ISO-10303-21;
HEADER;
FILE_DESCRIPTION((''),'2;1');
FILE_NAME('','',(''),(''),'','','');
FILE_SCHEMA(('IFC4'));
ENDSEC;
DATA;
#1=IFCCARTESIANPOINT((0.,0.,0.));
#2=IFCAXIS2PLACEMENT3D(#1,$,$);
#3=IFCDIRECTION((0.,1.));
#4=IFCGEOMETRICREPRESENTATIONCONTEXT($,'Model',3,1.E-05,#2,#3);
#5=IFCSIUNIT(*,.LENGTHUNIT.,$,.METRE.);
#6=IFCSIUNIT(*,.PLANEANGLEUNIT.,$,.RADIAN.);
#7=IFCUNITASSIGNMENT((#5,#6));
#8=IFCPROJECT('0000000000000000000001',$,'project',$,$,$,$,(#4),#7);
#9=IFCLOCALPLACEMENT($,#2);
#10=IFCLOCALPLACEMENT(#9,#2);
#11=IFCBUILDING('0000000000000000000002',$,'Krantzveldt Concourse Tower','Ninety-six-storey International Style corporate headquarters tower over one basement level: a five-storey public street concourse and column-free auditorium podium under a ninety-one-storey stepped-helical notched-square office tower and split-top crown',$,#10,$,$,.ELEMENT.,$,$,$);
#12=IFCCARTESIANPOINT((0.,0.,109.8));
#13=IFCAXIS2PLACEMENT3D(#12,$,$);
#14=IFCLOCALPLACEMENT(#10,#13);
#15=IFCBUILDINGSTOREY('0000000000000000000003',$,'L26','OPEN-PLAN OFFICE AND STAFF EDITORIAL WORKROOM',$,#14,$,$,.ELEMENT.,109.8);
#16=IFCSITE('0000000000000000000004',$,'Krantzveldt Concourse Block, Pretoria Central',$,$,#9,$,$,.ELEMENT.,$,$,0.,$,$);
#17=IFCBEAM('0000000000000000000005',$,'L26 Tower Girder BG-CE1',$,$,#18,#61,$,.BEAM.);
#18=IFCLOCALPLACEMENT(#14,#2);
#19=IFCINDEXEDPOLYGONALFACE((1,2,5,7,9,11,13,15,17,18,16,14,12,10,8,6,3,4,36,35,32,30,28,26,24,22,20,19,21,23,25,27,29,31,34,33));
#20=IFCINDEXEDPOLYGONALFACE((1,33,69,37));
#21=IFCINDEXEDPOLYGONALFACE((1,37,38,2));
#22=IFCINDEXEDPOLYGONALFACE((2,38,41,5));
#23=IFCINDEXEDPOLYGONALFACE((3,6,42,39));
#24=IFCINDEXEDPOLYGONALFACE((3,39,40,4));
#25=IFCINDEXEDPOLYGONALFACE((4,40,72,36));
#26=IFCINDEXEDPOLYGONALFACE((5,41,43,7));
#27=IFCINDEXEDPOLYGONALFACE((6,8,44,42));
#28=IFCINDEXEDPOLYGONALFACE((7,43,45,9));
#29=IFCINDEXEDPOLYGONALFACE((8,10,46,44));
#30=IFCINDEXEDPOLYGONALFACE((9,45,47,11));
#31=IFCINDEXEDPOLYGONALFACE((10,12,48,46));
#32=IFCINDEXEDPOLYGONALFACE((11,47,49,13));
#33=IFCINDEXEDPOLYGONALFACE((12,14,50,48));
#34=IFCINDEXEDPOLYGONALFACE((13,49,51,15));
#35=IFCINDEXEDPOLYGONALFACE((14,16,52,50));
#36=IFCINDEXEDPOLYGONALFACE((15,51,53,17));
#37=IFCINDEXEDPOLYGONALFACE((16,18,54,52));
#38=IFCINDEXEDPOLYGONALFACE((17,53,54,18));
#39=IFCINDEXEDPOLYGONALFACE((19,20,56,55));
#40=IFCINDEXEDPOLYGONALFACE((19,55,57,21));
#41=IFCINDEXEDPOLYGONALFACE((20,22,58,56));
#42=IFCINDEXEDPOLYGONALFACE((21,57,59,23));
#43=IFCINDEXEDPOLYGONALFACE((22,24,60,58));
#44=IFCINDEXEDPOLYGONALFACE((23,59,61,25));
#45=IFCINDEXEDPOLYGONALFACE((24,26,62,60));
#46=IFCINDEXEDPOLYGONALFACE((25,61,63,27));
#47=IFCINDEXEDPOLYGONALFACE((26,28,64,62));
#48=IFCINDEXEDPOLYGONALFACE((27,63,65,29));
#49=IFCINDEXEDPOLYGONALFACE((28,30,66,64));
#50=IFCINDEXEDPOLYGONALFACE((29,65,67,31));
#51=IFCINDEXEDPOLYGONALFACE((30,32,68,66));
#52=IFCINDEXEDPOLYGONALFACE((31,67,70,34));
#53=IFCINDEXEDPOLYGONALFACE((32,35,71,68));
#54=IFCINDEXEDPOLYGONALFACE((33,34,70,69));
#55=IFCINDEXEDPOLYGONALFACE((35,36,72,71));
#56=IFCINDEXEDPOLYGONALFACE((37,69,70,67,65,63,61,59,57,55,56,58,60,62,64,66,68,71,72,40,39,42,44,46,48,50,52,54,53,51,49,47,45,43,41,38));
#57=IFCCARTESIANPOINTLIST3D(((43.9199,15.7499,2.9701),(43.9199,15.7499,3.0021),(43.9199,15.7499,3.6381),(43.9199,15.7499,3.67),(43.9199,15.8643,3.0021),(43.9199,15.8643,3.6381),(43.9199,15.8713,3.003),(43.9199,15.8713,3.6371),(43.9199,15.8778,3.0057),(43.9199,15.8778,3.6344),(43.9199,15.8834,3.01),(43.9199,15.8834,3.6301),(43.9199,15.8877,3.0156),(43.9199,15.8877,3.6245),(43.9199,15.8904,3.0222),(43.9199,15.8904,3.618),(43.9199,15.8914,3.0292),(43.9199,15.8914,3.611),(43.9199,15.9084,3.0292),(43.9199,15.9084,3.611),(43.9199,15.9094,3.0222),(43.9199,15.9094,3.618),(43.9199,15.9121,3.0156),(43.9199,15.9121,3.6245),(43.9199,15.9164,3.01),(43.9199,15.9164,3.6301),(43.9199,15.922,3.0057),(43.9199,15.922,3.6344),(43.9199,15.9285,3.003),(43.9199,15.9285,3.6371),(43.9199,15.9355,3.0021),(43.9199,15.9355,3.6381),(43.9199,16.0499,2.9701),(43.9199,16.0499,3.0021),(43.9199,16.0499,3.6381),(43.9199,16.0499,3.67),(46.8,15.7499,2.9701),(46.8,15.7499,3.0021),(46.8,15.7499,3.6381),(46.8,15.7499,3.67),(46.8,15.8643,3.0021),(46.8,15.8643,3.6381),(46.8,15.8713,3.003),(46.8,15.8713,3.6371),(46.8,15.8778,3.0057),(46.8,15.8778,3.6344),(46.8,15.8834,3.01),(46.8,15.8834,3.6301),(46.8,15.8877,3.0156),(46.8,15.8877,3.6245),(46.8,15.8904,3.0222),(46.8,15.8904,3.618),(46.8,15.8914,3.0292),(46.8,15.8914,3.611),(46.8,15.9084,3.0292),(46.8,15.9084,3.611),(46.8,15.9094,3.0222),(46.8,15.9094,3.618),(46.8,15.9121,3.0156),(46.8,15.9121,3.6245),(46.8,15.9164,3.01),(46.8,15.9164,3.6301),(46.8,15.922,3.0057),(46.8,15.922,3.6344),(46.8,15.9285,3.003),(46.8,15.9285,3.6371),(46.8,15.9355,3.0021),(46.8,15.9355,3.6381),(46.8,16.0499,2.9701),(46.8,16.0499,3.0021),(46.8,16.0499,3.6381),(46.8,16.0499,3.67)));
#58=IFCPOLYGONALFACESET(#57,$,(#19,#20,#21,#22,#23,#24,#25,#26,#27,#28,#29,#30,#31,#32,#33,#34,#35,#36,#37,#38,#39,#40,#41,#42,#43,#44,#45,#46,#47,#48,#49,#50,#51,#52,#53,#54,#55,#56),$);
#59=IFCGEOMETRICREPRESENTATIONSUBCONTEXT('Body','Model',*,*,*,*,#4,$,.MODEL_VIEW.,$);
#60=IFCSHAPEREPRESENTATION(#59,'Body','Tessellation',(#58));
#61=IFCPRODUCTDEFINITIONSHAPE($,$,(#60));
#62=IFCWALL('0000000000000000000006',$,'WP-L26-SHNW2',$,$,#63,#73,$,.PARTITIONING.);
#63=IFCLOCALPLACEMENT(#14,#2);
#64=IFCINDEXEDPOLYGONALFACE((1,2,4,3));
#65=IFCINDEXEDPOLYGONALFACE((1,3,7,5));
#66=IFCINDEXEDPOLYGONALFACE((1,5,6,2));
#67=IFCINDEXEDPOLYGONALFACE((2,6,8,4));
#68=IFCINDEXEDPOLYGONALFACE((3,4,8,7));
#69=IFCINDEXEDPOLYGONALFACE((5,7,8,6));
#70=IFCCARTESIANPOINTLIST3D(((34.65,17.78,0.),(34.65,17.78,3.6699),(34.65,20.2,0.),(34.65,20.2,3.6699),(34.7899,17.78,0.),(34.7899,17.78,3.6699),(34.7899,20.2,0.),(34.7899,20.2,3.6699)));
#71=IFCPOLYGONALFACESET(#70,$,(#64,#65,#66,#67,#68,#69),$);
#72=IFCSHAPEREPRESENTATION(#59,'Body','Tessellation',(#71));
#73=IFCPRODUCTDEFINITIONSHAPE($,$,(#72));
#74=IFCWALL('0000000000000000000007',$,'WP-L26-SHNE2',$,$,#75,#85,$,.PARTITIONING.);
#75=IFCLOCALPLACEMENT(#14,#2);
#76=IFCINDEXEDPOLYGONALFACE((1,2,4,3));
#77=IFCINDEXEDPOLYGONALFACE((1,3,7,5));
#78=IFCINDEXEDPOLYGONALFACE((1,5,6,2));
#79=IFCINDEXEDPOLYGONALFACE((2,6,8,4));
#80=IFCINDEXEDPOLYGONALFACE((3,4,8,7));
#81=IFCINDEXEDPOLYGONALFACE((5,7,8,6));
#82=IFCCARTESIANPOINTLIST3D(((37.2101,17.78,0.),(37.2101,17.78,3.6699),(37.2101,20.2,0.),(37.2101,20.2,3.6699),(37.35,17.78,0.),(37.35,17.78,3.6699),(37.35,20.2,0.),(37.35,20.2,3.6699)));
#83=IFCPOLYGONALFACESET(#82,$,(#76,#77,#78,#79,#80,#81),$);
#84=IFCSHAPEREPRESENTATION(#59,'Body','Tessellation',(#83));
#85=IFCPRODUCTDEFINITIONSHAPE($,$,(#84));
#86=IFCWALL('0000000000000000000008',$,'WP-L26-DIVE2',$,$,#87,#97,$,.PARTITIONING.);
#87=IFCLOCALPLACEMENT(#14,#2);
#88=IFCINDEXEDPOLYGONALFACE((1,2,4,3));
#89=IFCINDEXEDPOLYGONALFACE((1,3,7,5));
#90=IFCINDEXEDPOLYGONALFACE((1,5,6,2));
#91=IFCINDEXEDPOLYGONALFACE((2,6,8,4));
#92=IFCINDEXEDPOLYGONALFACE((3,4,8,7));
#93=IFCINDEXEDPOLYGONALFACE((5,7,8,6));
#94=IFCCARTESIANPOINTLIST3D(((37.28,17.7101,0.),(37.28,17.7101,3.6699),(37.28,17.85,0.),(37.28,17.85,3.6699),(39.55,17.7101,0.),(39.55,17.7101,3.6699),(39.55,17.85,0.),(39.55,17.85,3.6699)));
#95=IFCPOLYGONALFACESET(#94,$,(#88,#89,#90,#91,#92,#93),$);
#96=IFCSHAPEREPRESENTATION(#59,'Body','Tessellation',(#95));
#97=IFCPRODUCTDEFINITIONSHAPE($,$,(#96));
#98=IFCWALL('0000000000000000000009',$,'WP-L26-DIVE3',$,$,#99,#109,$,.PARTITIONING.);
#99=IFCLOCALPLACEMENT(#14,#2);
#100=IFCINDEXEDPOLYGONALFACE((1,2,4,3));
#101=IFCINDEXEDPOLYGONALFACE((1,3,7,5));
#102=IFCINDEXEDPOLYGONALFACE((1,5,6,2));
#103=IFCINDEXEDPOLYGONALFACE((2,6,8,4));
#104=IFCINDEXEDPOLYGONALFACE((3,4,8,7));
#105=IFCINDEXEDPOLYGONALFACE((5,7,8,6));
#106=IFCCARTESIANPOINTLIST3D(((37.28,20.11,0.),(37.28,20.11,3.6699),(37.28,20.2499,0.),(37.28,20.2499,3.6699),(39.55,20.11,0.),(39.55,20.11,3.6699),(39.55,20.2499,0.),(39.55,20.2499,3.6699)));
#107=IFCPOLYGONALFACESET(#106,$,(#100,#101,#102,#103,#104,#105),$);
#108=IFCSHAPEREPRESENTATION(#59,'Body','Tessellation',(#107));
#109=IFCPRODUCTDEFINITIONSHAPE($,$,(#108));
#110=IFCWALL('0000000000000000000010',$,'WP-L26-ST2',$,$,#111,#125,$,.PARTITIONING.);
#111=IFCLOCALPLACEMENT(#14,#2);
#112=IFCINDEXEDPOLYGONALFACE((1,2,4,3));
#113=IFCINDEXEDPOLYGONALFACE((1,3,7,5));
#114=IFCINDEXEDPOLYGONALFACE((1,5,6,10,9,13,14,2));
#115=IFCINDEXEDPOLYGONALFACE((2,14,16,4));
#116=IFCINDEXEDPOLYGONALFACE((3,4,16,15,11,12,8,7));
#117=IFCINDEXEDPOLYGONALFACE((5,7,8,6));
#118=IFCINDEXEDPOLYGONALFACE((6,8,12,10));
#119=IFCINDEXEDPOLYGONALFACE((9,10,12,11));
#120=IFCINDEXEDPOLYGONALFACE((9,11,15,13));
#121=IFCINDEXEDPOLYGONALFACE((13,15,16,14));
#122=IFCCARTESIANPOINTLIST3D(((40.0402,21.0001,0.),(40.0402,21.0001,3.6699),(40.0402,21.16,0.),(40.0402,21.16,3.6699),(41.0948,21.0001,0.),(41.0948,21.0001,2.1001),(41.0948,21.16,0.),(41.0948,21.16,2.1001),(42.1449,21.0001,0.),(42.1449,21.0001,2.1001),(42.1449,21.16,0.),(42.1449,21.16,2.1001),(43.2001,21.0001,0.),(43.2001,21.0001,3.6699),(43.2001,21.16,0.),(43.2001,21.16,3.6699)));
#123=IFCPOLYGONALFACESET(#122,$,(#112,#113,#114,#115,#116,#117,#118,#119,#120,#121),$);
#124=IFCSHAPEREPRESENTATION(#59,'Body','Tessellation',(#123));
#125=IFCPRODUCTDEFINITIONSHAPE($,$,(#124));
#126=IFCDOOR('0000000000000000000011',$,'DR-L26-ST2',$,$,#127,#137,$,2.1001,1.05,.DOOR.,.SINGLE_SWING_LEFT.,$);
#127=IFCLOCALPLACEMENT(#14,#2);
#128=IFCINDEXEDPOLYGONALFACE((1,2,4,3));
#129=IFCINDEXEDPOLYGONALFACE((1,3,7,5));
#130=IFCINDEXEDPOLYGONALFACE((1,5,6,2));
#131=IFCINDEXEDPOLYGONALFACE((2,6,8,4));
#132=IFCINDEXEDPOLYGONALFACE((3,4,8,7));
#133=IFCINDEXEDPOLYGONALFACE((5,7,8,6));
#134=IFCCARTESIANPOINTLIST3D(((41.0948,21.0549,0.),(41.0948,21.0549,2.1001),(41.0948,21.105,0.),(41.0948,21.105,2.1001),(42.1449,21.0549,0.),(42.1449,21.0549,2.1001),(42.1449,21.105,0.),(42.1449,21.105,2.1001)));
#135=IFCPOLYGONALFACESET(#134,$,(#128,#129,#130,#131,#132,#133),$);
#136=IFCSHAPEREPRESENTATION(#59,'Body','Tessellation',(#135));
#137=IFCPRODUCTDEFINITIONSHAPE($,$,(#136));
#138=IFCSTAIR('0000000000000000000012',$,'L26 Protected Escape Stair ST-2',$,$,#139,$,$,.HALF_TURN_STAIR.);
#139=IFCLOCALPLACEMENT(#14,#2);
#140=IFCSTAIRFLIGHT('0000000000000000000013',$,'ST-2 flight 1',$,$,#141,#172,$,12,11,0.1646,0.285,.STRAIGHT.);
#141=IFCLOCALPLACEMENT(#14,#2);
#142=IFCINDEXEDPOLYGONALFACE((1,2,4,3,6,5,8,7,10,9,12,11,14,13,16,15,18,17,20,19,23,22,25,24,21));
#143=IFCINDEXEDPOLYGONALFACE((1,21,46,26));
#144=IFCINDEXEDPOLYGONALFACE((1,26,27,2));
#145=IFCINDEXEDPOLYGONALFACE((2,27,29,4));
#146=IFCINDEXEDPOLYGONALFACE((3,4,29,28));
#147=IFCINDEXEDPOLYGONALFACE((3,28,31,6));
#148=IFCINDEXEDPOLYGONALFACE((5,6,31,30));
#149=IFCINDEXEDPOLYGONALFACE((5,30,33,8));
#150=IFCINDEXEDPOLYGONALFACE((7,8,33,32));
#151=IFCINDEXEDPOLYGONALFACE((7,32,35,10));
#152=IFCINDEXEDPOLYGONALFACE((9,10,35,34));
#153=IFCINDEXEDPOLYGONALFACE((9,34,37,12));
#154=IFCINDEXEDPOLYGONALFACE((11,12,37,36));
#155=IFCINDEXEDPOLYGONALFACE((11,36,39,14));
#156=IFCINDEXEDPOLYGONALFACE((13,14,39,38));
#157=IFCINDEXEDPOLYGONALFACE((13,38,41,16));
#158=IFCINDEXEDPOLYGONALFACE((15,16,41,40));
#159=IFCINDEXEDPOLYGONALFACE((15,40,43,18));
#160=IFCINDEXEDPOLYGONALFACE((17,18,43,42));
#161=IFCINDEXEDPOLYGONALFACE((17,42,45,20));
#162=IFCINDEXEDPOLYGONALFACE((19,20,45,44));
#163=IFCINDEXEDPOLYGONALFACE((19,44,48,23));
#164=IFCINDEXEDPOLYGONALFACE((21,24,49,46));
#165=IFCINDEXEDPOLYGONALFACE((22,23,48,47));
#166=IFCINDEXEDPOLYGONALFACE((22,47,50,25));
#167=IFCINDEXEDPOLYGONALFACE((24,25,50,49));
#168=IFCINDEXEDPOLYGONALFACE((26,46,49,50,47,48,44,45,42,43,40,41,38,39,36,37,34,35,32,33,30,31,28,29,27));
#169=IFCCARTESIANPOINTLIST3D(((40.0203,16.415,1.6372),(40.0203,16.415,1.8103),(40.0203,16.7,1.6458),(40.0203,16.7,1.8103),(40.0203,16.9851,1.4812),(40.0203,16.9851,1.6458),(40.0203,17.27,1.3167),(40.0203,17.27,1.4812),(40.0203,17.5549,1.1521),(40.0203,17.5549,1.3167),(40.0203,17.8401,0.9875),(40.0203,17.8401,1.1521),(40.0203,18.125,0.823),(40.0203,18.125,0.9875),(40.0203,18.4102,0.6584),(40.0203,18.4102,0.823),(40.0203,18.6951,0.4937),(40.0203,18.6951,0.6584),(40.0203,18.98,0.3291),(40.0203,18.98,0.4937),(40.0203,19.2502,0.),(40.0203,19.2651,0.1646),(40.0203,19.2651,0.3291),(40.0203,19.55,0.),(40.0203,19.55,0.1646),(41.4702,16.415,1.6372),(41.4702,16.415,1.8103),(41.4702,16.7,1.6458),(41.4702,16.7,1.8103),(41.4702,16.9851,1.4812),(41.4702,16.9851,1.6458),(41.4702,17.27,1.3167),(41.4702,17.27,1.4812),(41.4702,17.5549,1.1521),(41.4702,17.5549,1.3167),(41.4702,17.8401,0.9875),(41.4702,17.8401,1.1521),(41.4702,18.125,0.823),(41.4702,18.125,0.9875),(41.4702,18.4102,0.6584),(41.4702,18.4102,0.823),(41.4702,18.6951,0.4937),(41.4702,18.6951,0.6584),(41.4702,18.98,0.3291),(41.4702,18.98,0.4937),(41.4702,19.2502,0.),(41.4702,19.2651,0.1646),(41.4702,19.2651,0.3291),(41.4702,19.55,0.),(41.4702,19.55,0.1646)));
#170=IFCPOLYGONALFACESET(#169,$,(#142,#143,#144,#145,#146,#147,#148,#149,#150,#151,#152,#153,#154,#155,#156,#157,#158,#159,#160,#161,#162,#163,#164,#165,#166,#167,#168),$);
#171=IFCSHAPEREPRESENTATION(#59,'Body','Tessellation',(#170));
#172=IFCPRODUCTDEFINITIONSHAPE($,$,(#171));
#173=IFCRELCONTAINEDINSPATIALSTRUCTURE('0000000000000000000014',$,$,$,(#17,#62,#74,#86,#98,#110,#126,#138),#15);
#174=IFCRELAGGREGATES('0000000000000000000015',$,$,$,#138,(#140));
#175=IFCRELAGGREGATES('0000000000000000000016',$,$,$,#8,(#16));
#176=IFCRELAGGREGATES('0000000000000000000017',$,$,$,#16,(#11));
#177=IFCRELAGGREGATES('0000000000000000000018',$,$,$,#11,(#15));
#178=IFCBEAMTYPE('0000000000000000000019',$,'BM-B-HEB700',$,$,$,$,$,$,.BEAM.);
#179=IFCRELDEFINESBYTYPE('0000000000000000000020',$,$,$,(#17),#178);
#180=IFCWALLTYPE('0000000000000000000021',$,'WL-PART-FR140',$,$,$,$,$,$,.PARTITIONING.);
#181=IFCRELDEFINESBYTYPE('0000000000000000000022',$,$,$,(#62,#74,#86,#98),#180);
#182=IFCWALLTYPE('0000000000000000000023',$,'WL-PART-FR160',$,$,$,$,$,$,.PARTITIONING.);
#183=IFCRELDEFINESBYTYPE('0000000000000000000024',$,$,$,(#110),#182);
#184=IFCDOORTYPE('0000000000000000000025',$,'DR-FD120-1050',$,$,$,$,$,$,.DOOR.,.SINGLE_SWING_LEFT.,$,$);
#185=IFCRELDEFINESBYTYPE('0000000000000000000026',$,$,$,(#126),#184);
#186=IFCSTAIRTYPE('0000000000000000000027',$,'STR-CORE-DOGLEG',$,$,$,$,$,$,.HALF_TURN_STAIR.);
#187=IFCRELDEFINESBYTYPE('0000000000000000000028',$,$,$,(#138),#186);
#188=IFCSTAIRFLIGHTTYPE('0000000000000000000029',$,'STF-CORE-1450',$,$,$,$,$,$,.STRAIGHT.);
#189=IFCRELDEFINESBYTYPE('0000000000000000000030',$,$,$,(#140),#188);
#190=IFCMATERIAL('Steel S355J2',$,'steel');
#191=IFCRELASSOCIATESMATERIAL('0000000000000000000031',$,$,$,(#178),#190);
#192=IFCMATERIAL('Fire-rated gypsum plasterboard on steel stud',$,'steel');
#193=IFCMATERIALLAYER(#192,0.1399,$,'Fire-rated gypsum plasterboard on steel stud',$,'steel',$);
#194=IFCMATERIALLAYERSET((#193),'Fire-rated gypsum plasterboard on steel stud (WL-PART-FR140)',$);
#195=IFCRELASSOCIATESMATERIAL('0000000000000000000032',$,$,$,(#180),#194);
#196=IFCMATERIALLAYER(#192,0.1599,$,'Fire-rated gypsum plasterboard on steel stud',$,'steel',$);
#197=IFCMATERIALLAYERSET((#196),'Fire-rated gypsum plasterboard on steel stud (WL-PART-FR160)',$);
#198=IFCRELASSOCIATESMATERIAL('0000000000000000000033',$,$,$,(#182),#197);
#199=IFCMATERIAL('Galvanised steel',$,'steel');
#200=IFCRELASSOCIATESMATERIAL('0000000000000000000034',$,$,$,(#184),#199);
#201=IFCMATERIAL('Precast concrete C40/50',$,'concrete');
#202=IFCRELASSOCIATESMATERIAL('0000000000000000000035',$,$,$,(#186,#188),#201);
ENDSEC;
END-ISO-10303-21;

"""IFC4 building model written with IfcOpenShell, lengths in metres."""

from ifc_helpers import new_model, si_unit, direction, frame, frame_2d, origin, origin_2d, place, context, subcontext, project, spatial, polyline, rectangle, i_section, outline, extrude, source, transform, mapped, material, layer, layer_set, material_profile, profile_set, type_object, type_shapes, element, fill, aggregate, save


model = new_model("IFC4")

# Units and contexts
model_context = context("Model", 3, precision=1e-05, world=origin(), true_north=direction((0.0, 1.0)))
body_context = subcontext(model_context, "Body", "Model", "MODEL_VIEW")
ifc_project = project(units=[si_unit("LENGTHUNIT", "METRE"), si_unit("PLANEANGLEUNIT", "RADIAN")], contexts=[model_context])

# Site, building, storey
site_placement = place(None, origin())
site = spatial("IfcSite", under=ifc_project, at=site_placement, Name="Krantzveldt Concourse Block, Pretoria Central", CompositionType="ELEMENT", RefElevation=0.0)
building_placement = place(site_placement, origin())
building = spatial("IfcBuilding", under=site, at=building_placement, Name="Krantzveldt Concourse Tower", Description="Ninety-six-storey International Style corporate headquarters tower over one basement level: a five-storey public street concourse and column-free auditorium podium under a ninety-one-storey stepped-helical notched-square office tower and split-top crown", CompositionType="ELEMENT")
storey_placement = place(building_placement, frame((0.0, 0.0, 109.8)))
storey = spatial("IfcBuildingStorey", under=building, at=storey_placement, Name="L26", Description="OPEN-PLAN OFFICE AND STAFF EDITORIAL WORKROOM", CompositionType="ELEMENT", Elevation=109.8)

# Beam
ifc_material_1 = material(Name="Steel S355J2", Category="steel")
ifc_material_profile = material_profile(ifc_material_1, i_section(OverallWidth=0.3, OverallDepth=0.7, WebThickness=0.0171, FlangeThickness=0.032, FilletRadius=0.0271, at=origin_2d()), Name="Steel S355J2", Category="steel")
ifc_profile_set = profile_set([ifc_material_profile], Name="Steel S355J2 - HEB 700")
beam_type = type_object("IfcBeamType", Name="BM-B-HEB700", PredefinedType="BEAM", material=ifc_profile_set)
shared_shape = source(origin(), body_context, "Body", "SweptSolid", [
    extrude(i_section(OverallWidth=0.3, OverallDepth=0.7, WebThickness=0.0171, FlangeThickness=0.032, FilletRadius=0.0271, at=origin_2d()), origin(), (0.0, 0.0, 1.0), 2.8801),
])
type_shapes(beam_type, [shared_shape])
beam_placement = place(storey_placement, frame((43.9199, 15.8999, 3.3201), z_axis=(1.0, 0.0, 0.0), x_axis=(0.0, 1.0, 0.0)))
element("IfcBeam", 1, at=beam_placement, inside=storey, type_object=beam_type, Name="L26 Tower Girder BG-CE1", PredefinedType="BEAM", context=body_context, shape_type="MappedRepresentation", body=[
    mapped(shared_shape, transform((0.0, 0.0, 0.0), x_axis=(1.0, 0.0, 0.0), y_axis=(0.0, 1.0, 0.0), z_axis=(0.0, 0.0, 1.0), scale=1.0)),
])

# Shared definitions
ifc_material_2 = material(Name="Fire-rated gypsum plasterboard on steel stud", Category="steel")
ifc_layer_1 = layer(ifc_material_2, 0.1399, Name="Fire-rated gypsum plasterboard on steel stud", Category="steel")
ifc_layer_set_1 = layer_set([ifc_layer_1], Name="Fire-rated gypsum plasterboard on steel stud (WL-PART-FR140)")
wall_type_1 = type_object("IfcWallType", Name="WL-PART-FR140", PredefinedType="PARTITIONING", material=ifc_layer_set_1)

# Walls
for number, where, z_axis, x_axis, name in (
    (2, (34.72, 17.78, 0.0), (0.0, 0.0, 1.0), (0.0, 1.0, 0.0), "WP-L26-SHNW2"),
    (3, (37.28, 17.78, 0.0), (0.0, 0.0, 1.0), (0.0, 1.0, 0.0), "WP-L26-SHNE2"),
):
    element("IfcWall", number, at=place(storey_placement, frame(where, z_axis=z_axis, x_axis=x_axis)), inside=storey, type_object=wall_type_1, Name=name, PredefinedType="PARTITIONING", context=body_context, shape_type="SweptSolid", body=[
        extrude(rectangle(XDim=2.4199, YDim=0.1399, at=frame_2d((1.21, 0.0))), origin(), (0.0, 0.0, 1.0), 3.6699),
    ])
for number, where, z_axis, x_axis, name in (
    (4, (37.28, 17.78, 0.0), (0.0, 0.0, 1.0), (1.0, 0.0, 0.0), "WP-L26-DIVE2"),
    (5, (37.28, 20.1799, 0.0), (0.0, 0.0, 1.0), (1.0, 0.0, 0.0), "WP-L26-DIVE3"),
):
    element("IfcWall", number, at=place(storey_placement, frame(where, z_axis=z_axis, x_axis=x_axis)), inside=storey, type_object=wall_type_1, Name=name, PredefinedType="PARTITIONING", context=body_context, shape_type="SweptSolid", body=[
        extrude(rectangle(XDim=2.27, YDim=0.1399, at=frame_2d((1.135, 0.0))), origin(), (0.0, 0.0, 1.0), 3.6699),
    ])

# Wall, opening, door
ifc_layer_2 = layer(ifc_material_2, 0.1599, Name="Fire-rated gypsum plasterboard on steel stud", Category="steel")
ifc_layer_set_2 = layer_set([ifc_layer_2], Name="Fire-rated gypsum plasterboard on steel stud (WL-PART-FR160)")
wall_type_2 = type_object("IfcWallType", Name="WL-PART-FR160", PredefinedType="PARTITIONING", material=ifc_layer_set_2)
wall_1_placement = place(storey_placement, frame((40.04, 21.0801, 0.0), z_axis=(0.0, 0.0, 1.0), x_axis=(1.0, 0.0, 0.0)))
wall_1 = element("IfcWall", 6, at=wall_1_placement, inside=storey, type_object=wall_type_2, Name="WP-L26-ST2", PredefinedType="PARTITIONING", context=body_context, shape_type="SweptSolid", body=[
    extrude(rectangle(XDim=3.1599, YDim=0.1599, at=frame_2d((1.5801, 0.0))), origin(), (0.0, 0.0, 1.0), 3.6699),
])
opening_1_placement = place(wall_1_placement, frame((1.0549, 0.0, 0.0)))
opening_1 = element("IfcOpeningElement", 7, at=opening_1_placement, cuts=wall_1, PredefinedType="OPENING", context=body_context, shape_type="SweptSolid", body=[
    extrude(rectangle(XDim=1.05, YDim=2.1001, at=frame_2d((0.5249, 1.05))), frame((0.0, 0.0898, 0.0), z_axis=(0.0, -1.0, 0.0), x_axis=(1.0, 0.0, 0.0)), (0.0, 0.0, 1.0), 0.1799),
])
ifc_material_3 = material(Name="Galvanised steel", Category="steel")
door_type_1 = type_object("IfcDoorType", Name="DR-FD120-1050", OperationType="SINGLE_SWING_LEFT", PredefinedType="DOOR", material=ifc_material_3)
door_1_placement = place(opening_1_placement, origin())
door_1 = element("IfcDoor", 8, at=door_1_placement, inside=storey, type_object=door_type_1, Name="DR-L26-ST2", OperationType="SINGLE_SWING_LEFT", OverallHeight=2.1001, OverallWidth=1.05, PredefinedType="DOOR", context=body_context, shape_type="SweptSolid", body=[
    extrude(rectangle(XDim=1.05, YDim=2.1001, at=frame_2d((0.5249, 1.05))), frame((0.0, 0.0249, 0.0), z_axis=(0.0, -1.0, 0.0), x_axis=(1.0, 0.0, 0.0)), (0.0, 0.0, 1.0), 0.05),
])
fill(opening_1, door_1)

# Stair, stair flight
ifc_material_4 = material(Name="Precast concrete C40/50", Category="concrete")
stair_type = type_object("IfcStairType", Name="STR-CORE-DOGLEG", PredefinedType="HALF_TURN_STAIR", material=ifc_material_4)
stair_placement = place(storey_placement, origin())
stair = element("IfcStair", 9, at=stair_placement, inside=storey, type_object=stair_type, Name="L26 Protected Escape Stair ST-2", PredefinedType="HALF_TURN_STAIR")
stair_flight_type = type_object("IfcStairFlightType", Name="STF-CORE-1450", PredefinedType="STRAIGHT", material=ifc_material_4)
stair_flight_1_placement = place(storey_placement, frame((40.7451, 19.55, 0.0), z_axis=(0.0, 0.0, 1.0), x_axis=(0.0, -1.0, 0.0)))
stair_flight_1 = element("IfcStairFlight", 10, at=stair_flight_1_placement, type_object=stair_flight_type, Name="ST-2 flight 1", NumberOfRisers=12, NumberOfTreads=11, PredefinedType="STRAIGHT", RiserHeight=0.1646, TreadLength=0.285, context=body_context, shape_type="SweptSolid", body=[
    extrude(outline(polyline([(0.0, 0.0), (0.0, 0.1646), (0.2849, 0.1646), (0.2849, 0.3291), (0.5701, 0.3291), (0.5701, 0.4937), (0.855, 0.4937), (0.855, 0.6584), (1.1399, 0.6584), (1.1399, 0.823), (1.425, 0.823), (1.425, 0.9875), (1.71, 0.9875), (1.71, 1.1521), (1.9951, 1.1521), (1.9951, 1.3167), (2.28, 1.3167), (2.28, 1.4812), (2.5649, 1.4812), (2.5649, 1.6458), (2.8501, 1.6458), (2.8501, 1.8103), (3.135, 1.8103), (3.135, 1.9751), (3.135, 1.6372), (0.2998, 0.0), (0.0, 0.0)])), frame((0.0, 0.7251, 0.0), z_axis=(0.0, -1.0, 0.0), x_axis=(1.0, 0.0, 0.0)), (0.0, 0.0, 1.0), 1.45),
])
aggregate(stair, [stair_flight_1])

save(model, "model.ifc")
